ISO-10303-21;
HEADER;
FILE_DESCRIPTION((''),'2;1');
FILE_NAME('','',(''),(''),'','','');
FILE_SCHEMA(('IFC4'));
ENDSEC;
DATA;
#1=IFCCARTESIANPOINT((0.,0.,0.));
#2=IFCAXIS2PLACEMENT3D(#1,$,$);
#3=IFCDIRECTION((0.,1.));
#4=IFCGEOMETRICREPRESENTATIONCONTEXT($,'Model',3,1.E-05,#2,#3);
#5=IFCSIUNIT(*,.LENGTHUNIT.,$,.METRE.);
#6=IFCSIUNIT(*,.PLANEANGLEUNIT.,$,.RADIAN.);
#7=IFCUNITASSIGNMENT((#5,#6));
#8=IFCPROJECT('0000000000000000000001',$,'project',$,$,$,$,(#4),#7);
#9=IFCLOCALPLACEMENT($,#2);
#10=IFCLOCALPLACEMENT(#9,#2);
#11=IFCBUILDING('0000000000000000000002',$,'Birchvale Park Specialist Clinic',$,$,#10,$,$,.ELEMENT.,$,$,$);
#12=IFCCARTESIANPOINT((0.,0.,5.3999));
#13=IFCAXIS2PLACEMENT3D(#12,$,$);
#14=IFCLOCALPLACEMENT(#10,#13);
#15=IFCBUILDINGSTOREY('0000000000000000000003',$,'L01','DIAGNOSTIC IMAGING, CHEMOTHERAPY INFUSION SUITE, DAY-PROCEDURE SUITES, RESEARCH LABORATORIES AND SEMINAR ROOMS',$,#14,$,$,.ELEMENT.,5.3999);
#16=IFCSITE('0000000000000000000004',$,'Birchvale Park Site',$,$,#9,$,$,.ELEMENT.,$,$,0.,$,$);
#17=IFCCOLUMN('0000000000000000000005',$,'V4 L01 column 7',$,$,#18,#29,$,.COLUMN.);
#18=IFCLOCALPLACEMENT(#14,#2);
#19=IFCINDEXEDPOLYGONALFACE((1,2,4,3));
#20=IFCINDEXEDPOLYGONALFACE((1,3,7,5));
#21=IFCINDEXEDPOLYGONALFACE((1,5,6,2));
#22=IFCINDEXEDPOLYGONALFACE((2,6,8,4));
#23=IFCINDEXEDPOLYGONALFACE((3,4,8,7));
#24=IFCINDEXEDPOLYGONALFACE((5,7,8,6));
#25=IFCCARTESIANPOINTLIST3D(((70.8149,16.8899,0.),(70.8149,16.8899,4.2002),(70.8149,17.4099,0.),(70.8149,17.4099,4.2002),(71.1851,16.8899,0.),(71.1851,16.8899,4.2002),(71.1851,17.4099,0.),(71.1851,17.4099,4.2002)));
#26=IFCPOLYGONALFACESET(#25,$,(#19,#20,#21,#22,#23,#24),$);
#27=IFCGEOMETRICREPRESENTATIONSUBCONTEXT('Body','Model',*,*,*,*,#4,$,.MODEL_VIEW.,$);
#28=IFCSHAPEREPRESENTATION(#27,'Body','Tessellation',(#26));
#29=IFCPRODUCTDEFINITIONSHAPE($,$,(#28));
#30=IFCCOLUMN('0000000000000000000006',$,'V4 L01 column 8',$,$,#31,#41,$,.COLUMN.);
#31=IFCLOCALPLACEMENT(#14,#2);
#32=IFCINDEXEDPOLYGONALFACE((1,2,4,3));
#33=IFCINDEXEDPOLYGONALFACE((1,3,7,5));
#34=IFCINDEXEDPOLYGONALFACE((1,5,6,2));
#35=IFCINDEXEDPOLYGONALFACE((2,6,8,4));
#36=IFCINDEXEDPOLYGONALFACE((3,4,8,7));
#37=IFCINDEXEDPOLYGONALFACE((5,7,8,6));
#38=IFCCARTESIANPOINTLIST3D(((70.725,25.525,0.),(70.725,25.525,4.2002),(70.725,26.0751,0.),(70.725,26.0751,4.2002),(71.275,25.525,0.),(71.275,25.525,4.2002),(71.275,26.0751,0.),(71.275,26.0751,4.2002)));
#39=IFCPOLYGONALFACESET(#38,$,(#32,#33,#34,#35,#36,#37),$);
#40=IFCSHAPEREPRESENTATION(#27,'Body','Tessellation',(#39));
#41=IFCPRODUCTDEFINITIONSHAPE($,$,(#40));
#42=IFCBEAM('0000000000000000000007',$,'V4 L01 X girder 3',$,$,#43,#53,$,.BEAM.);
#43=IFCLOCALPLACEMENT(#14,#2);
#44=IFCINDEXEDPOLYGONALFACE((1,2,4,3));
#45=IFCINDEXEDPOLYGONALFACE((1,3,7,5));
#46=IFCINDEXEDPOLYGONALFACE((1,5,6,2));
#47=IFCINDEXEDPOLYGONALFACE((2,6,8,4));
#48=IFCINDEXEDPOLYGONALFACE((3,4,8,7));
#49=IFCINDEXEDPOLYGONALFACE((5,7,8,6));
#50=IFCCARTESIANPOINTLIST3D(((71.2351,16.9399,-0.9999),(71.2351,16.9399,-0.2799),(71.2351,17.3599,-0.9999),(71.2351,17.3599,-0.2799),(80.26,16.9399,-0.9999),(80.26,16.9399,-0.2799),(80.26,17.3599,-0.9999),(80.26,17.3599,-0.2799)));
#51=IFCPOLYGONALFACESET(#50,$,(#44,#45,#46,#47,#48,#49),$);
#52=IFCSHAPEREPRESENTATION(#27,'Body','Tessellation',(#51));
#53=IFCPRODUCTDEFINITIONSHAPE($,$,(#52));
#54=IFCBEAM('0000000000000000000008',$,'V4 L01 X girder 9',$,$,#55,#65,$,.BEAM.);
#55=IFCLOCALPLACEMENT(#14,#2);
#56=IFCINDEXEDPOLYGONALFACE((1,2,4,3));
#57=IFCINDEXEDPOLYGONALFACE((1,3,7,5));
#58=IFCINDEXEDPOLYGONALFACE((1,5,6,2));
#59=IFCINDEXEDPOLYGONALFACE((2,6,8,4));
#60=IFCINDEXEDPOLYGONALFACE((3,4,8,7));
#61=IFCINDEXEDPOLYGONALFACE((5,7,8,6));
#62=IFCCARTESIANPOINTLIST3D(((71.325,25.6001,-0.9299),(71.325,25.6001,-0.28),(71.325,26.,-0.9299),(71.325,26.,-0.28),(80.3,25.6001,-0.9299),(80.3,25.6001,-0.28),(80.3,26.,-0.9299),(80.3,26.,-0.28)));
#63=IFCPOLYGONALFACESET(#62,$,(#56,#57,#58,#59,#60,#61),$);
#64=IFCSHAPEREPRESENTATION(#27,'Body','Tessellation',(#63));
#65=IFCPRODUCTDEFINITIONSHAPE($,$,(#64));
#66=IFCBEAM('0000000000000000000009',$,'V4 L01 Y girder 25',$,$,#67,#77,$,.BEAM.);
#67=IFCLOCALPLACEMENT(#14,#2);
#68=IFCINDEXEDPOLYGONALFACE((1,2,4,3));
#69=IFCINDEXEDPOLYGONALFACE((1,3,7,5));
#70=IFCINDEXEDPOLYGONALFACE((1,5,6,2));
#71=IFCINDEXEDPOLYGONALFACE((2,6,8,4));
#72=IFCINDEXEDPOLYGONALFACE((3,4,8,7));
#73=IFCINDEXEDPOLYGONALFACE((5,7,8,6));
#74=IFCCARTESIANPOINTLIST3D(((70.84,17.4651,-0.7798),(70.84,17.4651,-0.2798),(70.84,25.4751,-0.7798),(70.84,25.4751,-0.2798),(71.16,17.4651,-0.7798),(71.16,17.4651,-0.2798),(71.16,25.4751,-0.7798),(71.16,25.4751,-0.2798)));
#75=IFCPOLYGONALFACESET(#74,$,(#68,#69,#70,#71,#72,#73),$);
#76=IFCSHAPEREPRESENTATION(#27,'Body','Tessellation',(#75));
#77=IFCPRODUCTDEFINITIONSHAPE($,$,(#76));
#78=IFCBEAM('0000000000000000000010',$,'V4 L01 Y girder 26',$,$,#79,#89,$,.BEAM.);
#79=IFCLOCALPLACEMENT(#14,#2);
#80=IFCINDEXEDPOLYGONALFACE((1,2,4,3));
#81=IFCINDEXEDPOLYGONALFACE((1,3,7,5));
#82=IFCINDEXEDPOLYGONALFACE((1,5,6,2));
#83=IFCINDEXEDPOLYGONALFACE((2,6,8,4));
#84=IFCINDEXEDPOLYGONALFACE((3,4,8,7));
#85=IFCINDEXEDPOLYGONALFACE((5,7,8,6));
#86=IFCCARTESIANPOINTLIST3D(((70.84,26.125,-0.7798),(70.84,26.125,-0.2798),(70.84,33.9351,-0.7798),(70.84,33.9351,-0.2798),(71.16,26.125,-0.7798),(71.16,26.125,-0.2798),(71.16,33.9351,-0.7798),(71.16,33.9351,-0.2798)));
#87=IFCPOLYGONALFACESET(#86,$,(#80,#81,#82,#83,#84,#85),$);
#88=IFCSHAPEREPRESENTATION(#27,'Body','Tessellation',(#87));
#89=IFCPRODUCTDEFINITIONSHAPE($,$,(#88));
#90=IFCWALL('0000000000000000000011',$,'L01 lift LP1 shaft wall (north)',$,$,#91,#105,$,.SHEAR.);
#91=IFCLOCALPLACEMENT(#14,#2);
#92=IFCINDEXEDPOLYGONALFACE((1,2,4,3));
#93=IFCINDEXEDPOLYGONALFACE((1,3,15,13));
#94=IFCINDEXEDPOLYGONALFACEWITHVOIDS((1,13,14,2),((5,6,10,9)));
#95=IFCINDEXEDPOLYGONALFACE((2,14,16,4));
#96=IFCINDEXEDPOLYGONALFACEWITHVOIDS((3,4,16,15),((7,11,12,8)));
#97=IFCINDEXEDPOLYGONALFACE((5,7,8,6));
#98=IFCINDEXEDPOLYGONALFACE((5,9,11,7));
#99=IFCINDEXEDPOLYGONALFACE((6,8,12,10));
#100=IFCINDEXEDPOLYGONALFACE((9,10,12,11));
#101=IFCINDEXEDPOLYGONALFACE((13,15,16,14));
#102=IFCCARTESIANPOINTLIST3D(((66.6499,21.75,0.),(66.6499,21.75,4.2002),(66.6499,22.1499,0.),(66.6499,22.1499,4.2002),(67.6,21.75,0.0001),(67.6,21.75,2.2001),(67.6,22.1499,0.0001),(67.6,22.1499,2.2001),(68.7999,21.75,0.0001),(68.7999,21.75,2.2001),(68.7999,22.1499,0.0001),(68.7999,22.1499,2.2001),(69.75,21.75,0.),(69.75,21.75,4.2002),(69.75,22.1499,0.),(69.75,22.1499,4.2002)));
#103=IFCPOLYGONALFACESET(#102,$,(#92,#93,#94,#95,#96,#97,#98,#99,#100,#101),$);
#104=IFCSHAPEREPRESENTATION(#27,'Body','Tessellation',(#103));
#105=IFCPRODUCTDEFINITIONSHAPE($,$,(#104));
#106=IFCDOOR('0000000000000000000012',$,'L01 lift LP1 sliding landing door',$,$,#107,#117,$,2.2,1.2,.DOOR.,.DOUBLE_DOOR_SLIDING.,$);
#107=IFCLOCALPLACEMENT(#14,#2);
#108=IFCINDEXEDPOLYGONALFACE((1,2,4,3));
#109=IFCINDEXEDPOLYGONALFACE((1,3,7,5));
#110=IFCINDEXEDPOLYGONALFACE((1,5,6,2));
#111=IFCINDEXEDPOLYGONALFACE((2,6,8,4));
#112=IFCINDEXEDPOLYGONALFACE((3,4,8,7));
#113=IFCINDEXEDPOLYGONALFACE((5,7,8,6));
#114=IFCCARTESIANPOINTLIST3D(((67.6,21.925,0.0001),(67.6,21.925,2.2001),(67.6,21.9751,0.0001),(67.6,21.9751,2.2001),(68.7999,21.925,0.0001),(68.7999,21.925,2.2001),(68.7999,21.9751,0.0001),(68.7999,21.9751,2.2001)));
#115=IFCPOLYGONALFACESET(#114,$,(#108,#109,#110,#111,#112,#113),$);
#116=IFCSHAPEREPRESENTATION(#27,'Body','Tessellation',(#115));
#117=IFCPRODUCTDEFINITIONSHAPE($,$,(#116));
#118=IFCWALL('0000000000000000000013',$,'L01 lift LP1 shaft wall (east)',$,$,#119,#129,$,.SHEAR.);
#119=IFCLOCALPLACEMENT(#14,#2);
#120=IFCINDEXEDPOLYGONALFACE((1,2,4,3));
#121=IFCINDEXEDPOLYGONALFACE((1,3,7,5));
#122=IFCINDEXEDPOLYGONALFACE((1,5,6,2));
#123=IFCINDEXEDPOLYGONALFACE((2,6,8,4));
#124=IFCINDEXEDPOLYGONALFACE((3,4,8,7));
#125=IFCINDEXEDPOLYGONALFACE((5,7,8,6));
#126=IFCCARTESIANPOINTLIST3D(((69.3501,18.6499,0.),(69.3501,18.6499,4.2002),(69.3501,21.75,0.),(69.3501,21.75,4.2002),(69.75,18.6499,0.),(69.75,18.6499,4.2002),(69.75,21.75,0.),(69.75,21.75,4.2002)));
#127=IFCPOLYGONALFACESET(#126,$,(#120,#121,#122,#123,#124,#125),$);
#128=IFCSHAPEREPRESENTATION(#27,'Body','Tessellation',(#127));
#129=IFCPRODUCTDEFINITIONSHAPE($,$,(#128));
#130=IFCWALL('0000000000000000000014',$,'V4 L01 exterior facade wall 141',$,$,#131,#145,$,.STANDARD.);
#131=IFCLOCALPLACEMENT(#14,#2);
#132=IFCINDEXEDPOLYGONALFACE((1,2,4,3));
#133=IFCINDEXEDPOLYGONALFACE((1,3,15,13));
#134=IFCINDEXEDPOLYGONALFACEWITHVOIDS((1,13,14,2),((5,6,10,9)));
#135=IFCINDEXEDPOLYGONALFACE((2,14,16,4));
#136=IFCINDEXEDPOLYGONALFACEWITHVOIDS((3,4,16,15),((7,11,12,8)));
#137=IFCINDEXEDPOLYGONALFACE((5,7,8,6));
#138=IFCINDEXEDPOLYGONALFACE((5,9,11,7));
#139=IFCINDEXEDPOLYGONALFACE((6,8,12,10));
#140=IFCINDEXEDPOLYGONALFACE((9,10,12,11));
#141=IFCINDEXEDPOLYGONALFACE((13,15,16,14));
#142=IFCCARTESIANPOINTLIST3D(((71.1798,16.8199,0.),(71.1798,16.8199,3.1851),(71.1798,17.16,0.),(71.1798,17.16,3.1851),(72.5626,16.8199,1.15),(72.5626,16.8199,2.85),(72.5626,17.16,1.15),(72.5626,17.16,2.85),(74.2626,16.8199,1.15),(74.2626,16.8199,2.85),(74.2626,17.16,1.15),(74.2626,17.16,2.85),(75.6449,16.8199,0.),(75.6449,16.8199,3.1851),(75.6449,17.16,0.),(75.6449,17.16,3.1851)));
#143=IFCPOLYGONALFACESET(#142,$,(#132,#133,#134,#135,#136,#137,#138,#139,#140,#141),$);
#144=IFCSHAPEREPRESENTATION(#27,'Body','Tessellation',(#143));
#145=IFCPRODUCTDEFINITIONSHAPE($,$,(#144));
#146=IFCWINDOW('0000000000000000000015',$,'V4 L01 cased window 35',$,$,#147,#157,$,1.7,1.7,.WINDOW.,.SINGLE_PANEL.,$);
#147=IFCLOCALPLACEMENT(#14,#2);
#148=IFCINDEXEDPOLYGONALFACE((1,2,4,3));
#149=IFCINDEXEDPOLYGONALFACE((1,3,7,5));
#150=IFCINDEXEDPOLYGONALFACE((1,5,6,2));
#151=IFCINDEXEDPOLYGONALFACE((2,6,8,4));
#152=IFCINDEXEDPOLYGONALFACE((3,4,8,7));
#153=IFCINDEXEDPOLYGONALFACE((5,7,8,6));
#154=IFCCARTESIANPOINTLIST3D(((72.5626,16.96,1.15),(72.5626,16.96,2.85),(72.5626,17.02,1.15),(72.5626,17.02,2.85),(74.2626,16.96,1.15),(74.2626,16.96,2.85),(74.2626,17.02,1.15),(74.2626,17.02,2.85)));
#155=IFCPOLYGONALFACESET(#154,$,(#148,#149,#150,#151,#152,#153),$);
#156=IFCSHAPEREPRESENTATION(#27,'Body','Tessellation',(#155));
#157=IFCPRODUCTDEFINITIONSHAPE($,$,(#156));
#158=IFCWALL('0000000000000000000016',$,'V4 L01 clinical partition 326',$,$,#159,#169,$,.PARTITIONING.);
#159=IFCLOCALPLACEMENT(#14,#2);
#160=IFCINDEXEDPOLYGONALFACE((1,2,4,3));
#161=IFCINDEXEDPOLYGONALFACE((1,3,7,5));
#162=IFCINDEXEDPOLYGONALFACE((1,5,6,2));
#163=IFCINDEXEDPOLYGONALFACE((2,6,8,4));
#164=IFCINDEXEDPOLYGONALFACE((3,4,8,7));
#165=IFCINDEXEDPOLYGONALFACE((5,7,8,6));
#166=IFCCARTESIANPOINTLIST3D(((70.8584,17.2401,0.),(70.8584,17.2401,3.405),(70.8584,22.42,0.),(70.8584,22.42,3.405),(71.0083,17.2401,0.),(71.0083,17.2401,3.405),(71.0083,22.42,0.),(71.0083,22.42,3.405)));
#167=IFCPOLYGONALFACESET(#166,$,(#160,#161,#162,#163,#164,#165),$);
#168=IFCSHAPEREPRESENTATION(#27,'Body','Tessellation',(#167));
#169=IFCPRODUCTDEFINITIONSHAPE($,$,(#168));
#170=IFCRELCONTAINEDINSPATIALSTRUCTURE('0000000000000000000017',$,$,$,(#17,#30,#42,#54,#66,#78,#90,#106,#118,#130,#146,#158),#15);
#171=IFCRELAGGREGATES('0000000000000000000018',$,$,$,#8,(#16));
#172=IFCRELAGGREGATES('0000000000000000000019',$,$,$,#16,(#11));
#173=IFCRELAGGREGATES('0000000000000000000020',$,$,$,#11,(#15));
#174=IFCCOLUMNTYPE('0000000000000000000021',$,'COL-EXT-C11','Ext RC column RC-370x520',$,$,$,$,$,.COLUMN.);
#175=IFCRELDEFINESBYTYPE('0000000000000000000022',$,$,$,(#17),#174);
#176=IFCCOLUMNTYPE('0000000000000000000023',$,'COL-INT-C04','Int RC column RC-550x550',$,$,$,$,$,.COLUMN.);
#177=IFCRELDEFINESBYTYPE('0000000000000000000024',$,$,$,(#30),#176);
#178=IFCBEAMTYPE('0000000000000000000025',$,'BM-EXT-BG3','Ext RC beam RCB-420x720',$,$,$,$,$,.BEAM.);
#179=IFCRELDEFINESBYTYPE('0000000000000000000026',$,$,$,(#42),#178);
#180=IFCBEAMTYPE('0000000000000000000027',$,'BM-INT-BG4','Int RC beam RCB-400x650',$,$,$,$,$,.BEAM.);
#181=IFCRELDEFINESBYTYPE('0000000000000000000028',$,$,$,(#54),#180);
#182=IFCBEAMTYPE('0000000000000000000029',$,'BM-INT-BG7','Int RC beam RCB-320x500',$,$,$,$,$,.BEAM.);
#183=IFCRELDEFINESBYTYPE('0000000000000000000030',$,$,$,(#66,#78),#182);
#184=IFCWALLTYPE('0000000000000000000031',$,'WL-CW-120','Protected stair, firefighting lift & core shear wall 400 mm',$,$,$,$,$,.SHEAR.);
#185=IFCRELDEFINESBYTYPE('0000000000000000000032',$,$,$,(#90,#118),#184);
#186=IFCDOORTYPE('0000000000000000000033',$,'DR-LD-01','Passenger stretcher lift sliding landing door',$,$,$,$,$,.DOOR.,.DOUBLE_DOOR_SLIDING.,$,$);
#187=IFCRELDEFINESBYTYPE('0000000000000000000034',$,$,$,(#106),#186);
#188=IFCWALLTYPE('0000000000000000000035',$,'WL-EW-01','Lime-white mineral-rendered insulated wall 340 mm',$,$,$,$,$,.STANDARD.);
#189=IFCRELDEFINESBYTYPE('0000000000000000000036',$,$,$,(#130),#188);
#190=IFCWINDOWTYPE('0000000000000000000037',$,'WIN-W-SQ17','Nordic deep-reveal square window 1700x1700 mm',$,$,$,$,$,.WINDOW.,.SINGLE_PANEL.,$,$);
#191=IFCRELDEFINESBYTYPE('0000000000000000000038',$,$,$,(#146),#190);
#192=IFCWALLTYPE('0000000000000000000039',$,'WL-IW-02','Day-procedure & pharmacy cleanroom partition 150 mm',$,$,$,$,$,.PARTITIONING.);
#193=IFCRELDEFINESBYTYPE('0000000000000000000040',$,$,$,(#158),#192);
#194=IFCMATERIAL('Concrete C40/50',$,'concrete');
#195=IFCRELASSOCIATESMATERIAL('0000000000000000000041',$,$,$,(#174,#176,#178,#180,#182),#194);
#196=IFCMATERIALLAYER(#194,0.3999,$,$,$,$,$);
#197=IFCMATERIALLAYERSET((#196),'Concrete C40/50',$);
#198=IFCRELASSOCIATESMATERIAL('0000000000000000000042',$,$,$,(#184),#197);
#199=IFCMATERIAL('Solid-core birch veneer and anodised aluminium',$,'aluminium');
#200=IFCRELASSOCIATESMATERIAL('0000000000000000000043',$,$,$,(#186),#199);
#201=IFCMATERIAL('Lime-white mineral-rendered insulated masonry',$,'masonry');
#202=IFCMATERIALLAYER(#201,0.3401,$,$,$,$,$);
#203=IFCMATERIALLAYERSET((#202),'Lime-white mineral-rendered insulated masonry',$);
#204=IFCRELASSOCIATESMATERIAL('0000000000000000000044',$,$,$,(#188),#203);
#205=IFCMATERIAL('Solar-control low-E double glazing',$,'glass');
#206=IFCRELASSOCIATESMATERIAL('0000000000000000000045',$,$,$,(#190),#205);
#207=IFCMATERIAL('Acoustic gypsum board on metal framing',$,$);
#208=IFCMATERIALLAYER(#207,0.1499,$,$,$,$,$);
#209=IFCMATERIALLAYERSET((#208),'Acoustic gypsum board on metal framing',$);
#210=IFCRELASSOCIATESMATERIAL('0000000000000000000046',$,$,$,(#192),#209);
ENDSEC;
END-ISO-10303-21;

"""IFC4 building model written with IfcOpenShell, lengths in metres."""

from ifc_helpers import new_model, si_unit, direction, frame, frame_2d, origin, origin_2d, place, context, subcontext, project, spatial, rectangle, extrude, material, layer, layer_set, material_profile, profile_set, type_object, element, fill, save


model = new_model("IFC4")

# Units and contexts
model_context = context("Model", 3, precision=1e-05, world=origin(), true_north=direction((0.0, 1.0)))
body_context = subcontext(model_context, "Body", "Model", "MODEL_VIEW")
ifc_project = project(units=[si_unit("LENGTHUNIT", "METRE"), si_unit("PLANEANGLEUNIT", "RADIAN")], contexts=[model_context])

# Site, building, storey
site_placement = place(None, origin())
site = spatial("IfcSite", under=ifc_project, at=site_placement, Name="Birchvale Park Site", CompositionType="ELEMENT", RefElevation=0.0)
building_placement = place(site_placement, origin())
building = spatial("IfcBuilding", under=site, at=building_placement, Name="Birchvale Park Specialist Clinic", CompositionType="ELEMENT")
storey_placement = place(building_placement, frame((0.0, 0.0, 5.3999)))
storey = spatial("IfcBuildingStorey", under=building, at=storey_placement, Name="L01", Description="DIAGNOSTIC IMAGING, CHEMOTHERAPY INFUSION SUITE, DAY-PROCEDURE SUITES, RESEARCH LABORATORIES AND SEMINAR ROOMS", CompositionType="ELEMENT", Elevation=5.3999)

# Columns
ifc_material_1 = material(Name="Concrete C40/50", Category="concrete")
ifc_material_profile_1 = material_profile(ifc_material_1, rectangle(XDim=0.3701, YDim=0.52, at=origin_2d()), Name="RC-370x520")
ifc_profile_set_1 = profile_set([ifc_material_profile_1], Name="Concrete C40/50")
column_type_1 = type_object("IfcColumnType", Name="COL-EXT-C11", Description="Ext RC column RC-370x520", PredefinedType="COLUMN", material=ifc_profile_set_1)
column_1_placement = place(storey_placement, frame((71.0, 17.1499, 0.0), z_axis=(0.0, 0.0, 1.0), x_axis=(1.0, 0.0, 0.0)))
element("IfcColumn", 1, at=column_1_placement, inside=storey, type_object=column_type_1, Name="V4 L01 column 7", PredefinedType="COLUMN", context=body_context, shape_type="SweptSolid", body=[
    extrude(rectangle(XDim=0.3701, YDim=0.52, at=origin_2d()), origin(), (0.0, 0.0, 1.0), 4.2002),
])
ifc_material_profile_2 = material_profile(ifc_material_1, rectangle(XDim=0.55, YDim=0.55, at=origin_2d()), Name="RC-550x550")
ifc_profile_set_2 = profile_set([ifc_material_profile_2], Name="Concrete C40/50")
column_type_2 = type_object("IfcColumnType", Name="COL-INT-C04", Description="Int RC column RC-550x550", PredefinedType="COLUMN", material=ifc_profile_set_2)
column_2_placement = place(storey_placement, frame((71.0, 25.8, 0.0), z_axis=(0.0, 0.0, 1.0), x_axis=(1.0, 0.0, 0.0)))
element("IfcColumn", 2, at=column_2_placement, inside=storey, type_object=column_type_2, Name="V4 L01 column 8", PredefinedType="COLUMN", context=body_context, shape_type="SweptSolid", body=[
    extrude(rectangle(XDim=0.55, YDim=0.55, at=origin_2d()), origin(), (0.0, 0.0, 1.0), 4.2002),
])

# Beams
ifc_material_profile_3 = material_profile(ifc_material_1, rectangle(XDim=0.4199, YDim=0.72, at=origin_2d()), Name="RCB-420x720")
ifc_profile_set_3 = profile_set([ifc_material_profile_3], Name="Concrete C40/50")
beam_type_1 = type_object("IfcBeamType", Name="BM-EXT-BG3", Description="Ext RC beam RCB-420x720", PredefinedType="BEAM", material=ifc_profile_set_3)
beam_1_placement = place(storey_placement, frame((71.2351, 17.1499, -0.6399), z_axis=(1.0, 0.0, 0.0), x_axis=(0.0, 1.0, 0.0)))
element("IfcBeam", 3, at=beam_1_placement, inside=storey, type_object=beam_type_1, Name="V4 L01 X girder 3", PredefinedType="BEAM", context=body_context, shape_type="SweptSolid", body=[
    extrude(rectangle(XDim=0.4199, YDim=0.72, at=origin_2d()), origin(), (0.0, 0.0, 1.0), 9.0249),
])
ifc_material_profile_4 = material_profile(ifc_material_1, rectangle(XDim=0.3999, YDim=0.6499, at=origin_2d()), Name="RCB-400x650")
ifc_profile_set_4 = profile_set([ifc_material_profile_4], Name="Concrete C40/50")
beam_type_2 = type_object("IfcBeamType", Name="BM-INT-BG4", Description="Int RC beam RCB-400x650", PredefinedType="BEAM", material=ifc_profile_set_4)
beam_2_placement = place(storey_placement, frame((71.325, 25.8, -0.605), z_axis=(1.0, 0.0, 0.0), x_axis=(0.0, 1.0, 0.0)))
element("IfcBeam", 4, at=beam_2_placement, inside=storey, type_object=beam_type_2, Name="V4 L01 X girder 9", PredefinedType="BEAM", context=body_context, shape_type="SweptSolid", body=[
    extrude(rectangle(XDim=0.3999, YDim=0.6499, at=origin_2d()), origin(), (0.0, 0.0, 1.0), 8.9751),
])
ifc_material_profile_5 = material_profile(ifc_material_1, rectangle(XDim=0.3201, YDim=0.5, at=origin_2d()), Name="RCB-320x500")
ifc_profile_set_5 = profile_set([ifc_material_profile_5], Name="Concrete C40/50")
beam_type_3 = type_object("IfcBeamType", Name="BM-INT-BG7", Description="Int RC beam RCB-320x500", PredefinedType="BEAM", material=ifc_profile_set_5)
beam_3_placement = place(storey_placement, frame((71.0, 17.4651, -0.5298), z_axis=(0.0, 1.0, 0.0), x_axis=(-1.0, 0.0, 0.0)))
element("IfcBeam", 5, at=beam_3_placement, inside=storey, type_object=beam_type_3, Name="V4 L01 Y girder 25", PredefinedType="BEAM", context=body_context, shape_type="SweptSolid", body=[
    extrude(rectangle(XDim=0.3201, YDim=0.5, at=origin_2d()), origin(), (0.0, 0.0, 1.0), 8.01),
])
beam_4_placement = place(storey_placement, frame((71.0, 26.125, -0.5298), z_axis=(0.0, 1.0, 0.0), x_axis=(-1.0, 0.0, 0.0)))
element("IfcBeam", 6, at=beam_4_placement, inside=storey, type_object=beam_type_3, Name="V4 L01 Y girder 26", PredefinedType="BEAM", context=body_context, shape_type="SweptSolid", body=[
    extrude(rectangle(XDim=0.3201, YDim=0.5, at=origin_2d()), origin(), (0.0, 0.0, 1.0), 7.8101),
])

# Wall, opening, door
ifc_layer_1 = layer(ifc_material_1, 0.3999)
ifc_layer_set_1 = layer_set([ifc_layer_1], Name="Concrete C40/50")
wall_type_1 = type_object("IfcWallType", Name="WL-CW-120", Description="Protected stair, firefighting lift & core shear wall 400 mm", PredefinedType="SHEAR", material=ifc_layer_set_1)
wall_1_placement = place(storey_placement, frame((69.75, 21.95, 0.0), z_axis=(0.0, 0.0, 1.0), x_axis=(-1.0, 0.0, 0.0)))
wall_1 = element("IfcWall", 7, at=wall_1_placement, inside=storey, type_object=wall_type_1, Name="L01 lift LP1 shaft wall (north)", PredefinedType="SHEAR", context=body_context, shape_type="SweptSolid", body=[
    extrude(rectangle(XDim=3.1001, YDim=0.3999, at=frame_2d((1.55, 0.0))), origin(), (0.0, 0.0, 1.0), 4.2002),
])
opening_1_placement = place(wall_1_placement, frame((0.95, 0.0, 0.0)))
opening_1 = element("IfcOpeningElement", 8, at=opening_1_placement, cuts=wall_1, PredefinedType="OPENING", context=body_context, shape_type="SweptSolid", body=[
    extrude(rectangle(XDim=1.2, YDim=2.2, at=frame_2d((0.6001, 1.1001))), frame((0.0, 0.21, 0.0), z_axis=(0.0, -1.0, 0.0), x_axis=(1.0, 0.0, 0.0)), (0.0, 0.0, 1.0), 0.4199),
])
ifc_material_2 = material(Name="Solid-core birch veneer and anodised aluminium", Category="aluminium")
door_type_1 = type_object("IfcDoorType", Name="DR-LD-01", Description="Passenger stretcher lift sliding landing door", OperationType="DOUBLE_DOOR_SLIDING", PredefinedType="DOOR", material=ifc_material_2)
door_1_placement = place(opening_1_placement, origin())
door_1 = element("IfcDoor", 9, at=door_1_placement, inside=storey, type_object=door_type_1, Name="L01 lift LP1 sliding landing door", OperationType="DOUBLE_DOOR_SLIDING", OverallHeight=2.2, OverallWidth=1.2, PredefinedType="DOOR", context=body_context, shape_type="SweptSolid", body=[
    extrude(rectangle(XDim=1.2, YDim=2.2, at=frame_2d((0.6001, 1.1001))), frame((0.0, 0.0249, 0.0), z_axis=(0.0, -1.0, 0.0), x_axis=(1.0, 0.0, 0.0)), (0.0, 0.0, 1.0), 0.05),
])
fill(opening_1, door_1)

# Wall
wall_2_placement = place(storey_placement, frame((69.55, 21.75, 0.0), z_axis=(0.0, 0.0, 1.0), x_axis=(0.0, -1.0, 0.0)))
element("IfcWall", 10, at=wall_2_placement, inside=storey, type_object=wall_type_1, Name="L01 lift LP1 shaft wall (east)", PredefinedType="SHEAR", context=body_context, shape_type="SweptSolid", body=[
    extrude(rectangle(XDim=3.1001, YDim=0.3999, at=frame_2d((1.55, 0.0))), origin(), (0.0, 0.0, 1.0), 4.2002),
])

# Wall, opening, window
ifc_material_3 = material(Name="Lime-white mineral-rendered insulated masonry", Category="masonry")
ifc_layer_2 = layer(ifc_material_3, 0.3401)
ifc_layer_set_2 = layer_set([ifc_layer_2], Name="Lime-white mineral-rendered insulated masonry")
wall_type_2 = type_object("IfcWallType", Name="WL-EW-01", Description="Lime-white mineral-rendered insulated wall 340 mm", PredefinedType="STANDARD", material=ifc_layer_set_2)
wall_3_placement = place(storey_placement, frame((71.1799, 16.99, 0.0), z_axis=(0.0, 0.0, 1.0), x_axis=(1.0, 0.0, 0.0)))
wall_3 = element("IfcWall", 11, at=wall_3_placement, inside=storey, type_object=wall_type_2, Name="V4 L01 exterior facade wall 141", PredefinedType="STANDARD", context=body_context, shape_type="SweptSolid", body=[
    extrude(rectangle(XDim=4.4651, YDim=0.3401, at=frame_2d((2.2324, 0.0))), origin(), (0.0, 0.0, 1.0), 3.1851),
])
opening_2_placement = place(wall_3_placement, frame((1.3826, 0.0, 1.1499)))
opening_2 = element("IfcOpeningElement", 12, at=opening_2_placement, cuts=wall_3, PredefinedType="OPENING", context=body_context, shape_type="SweptSolid", body=[
    extrude(rectangle(XDim=1.7, YDim=1.7, at=frame_2d((0.8501, 0.8501))), frame((0.0, 0.1802, 0.0), z_axis=(0.0, -1.0, 0.0), x_axis=(1.0, 0.0, 0.0)), (0.0, 0.0, 1.0), 0.3601),
])
ifc_material_4 = material(Name="Solar-control low-E double glazing", Category="glass")
window_type = type_object("IfcWindowType", Name="WIN-W-SQ17", Description="Nordic deep-reveal square window 1700x1700 mm", PartitioningType="SINGLE_PANEL", PredefinedType="WINDOW", material=ifc_material_4)
window_placement = place(opening_2_placement, origin())
window = element("IfcWindow", 13, at=window_placement, inside=storey, type_object=window_type, Name="V4 L01 cased window 35", OverallHeight=1.7, OverallWidth=1.7, PartitioningType="SINGLE_PANEL", PredefinedType="WINDOW", context=body_context, shape_type="SweptSolid", body=[
    extrude(rectangle(XDim=1.7, YDim=1.7, at=frame_2d((0.8501, 0.8501))), frame((0.0, 0.03, 0.0), z_axis=(0.0, -1.0, 0.0), x_axis=(1.0, 0.0, 0.0)), (0.0, 0.0, 1.0), 0.0601),
])
fill(opening_2, window)

# Wall
ifc_material_5 = material(Name="Acoustic gypsum board on metal framing")
ifc_layer_3 = layer(ifc_material_5, 0.1499)
ifc_layer_set_3 = layer_set([ifc_layer_3], Name="Acoustic gypsum board on metal framing")
wall_type_3 = type_object("IfcWallType", Name="WL-IW-02", Description="Day-procedure & pharmacy cleanroom partition 150 mm", PredefinedType="PARTITIONING", material=ifc_layer_set_3)
wall_4_placement = place(storey_placement, frame((70.9333, 22.4199, 0.0), z_axis=(0.0, 0.0, 1.0), x_axis=(0.0, -1.0, 0.0)))
element("IfcWall", 14, at=wall_4_placement, inside=storey, type_object=wall_type_3, Name="V4 L01 clinical partition 326", PredefinedType="PARTITIONING", context=body_context, shape_type="SweptSolid", body=[
    extrude(rectangle(XDim=5.1799, YDim=0.1499, at=frame_2d((2.5898, 0.0))), origin(), (0.0, 0.0, 1.0), 3.405),
])

save(model, "model.ifc")
